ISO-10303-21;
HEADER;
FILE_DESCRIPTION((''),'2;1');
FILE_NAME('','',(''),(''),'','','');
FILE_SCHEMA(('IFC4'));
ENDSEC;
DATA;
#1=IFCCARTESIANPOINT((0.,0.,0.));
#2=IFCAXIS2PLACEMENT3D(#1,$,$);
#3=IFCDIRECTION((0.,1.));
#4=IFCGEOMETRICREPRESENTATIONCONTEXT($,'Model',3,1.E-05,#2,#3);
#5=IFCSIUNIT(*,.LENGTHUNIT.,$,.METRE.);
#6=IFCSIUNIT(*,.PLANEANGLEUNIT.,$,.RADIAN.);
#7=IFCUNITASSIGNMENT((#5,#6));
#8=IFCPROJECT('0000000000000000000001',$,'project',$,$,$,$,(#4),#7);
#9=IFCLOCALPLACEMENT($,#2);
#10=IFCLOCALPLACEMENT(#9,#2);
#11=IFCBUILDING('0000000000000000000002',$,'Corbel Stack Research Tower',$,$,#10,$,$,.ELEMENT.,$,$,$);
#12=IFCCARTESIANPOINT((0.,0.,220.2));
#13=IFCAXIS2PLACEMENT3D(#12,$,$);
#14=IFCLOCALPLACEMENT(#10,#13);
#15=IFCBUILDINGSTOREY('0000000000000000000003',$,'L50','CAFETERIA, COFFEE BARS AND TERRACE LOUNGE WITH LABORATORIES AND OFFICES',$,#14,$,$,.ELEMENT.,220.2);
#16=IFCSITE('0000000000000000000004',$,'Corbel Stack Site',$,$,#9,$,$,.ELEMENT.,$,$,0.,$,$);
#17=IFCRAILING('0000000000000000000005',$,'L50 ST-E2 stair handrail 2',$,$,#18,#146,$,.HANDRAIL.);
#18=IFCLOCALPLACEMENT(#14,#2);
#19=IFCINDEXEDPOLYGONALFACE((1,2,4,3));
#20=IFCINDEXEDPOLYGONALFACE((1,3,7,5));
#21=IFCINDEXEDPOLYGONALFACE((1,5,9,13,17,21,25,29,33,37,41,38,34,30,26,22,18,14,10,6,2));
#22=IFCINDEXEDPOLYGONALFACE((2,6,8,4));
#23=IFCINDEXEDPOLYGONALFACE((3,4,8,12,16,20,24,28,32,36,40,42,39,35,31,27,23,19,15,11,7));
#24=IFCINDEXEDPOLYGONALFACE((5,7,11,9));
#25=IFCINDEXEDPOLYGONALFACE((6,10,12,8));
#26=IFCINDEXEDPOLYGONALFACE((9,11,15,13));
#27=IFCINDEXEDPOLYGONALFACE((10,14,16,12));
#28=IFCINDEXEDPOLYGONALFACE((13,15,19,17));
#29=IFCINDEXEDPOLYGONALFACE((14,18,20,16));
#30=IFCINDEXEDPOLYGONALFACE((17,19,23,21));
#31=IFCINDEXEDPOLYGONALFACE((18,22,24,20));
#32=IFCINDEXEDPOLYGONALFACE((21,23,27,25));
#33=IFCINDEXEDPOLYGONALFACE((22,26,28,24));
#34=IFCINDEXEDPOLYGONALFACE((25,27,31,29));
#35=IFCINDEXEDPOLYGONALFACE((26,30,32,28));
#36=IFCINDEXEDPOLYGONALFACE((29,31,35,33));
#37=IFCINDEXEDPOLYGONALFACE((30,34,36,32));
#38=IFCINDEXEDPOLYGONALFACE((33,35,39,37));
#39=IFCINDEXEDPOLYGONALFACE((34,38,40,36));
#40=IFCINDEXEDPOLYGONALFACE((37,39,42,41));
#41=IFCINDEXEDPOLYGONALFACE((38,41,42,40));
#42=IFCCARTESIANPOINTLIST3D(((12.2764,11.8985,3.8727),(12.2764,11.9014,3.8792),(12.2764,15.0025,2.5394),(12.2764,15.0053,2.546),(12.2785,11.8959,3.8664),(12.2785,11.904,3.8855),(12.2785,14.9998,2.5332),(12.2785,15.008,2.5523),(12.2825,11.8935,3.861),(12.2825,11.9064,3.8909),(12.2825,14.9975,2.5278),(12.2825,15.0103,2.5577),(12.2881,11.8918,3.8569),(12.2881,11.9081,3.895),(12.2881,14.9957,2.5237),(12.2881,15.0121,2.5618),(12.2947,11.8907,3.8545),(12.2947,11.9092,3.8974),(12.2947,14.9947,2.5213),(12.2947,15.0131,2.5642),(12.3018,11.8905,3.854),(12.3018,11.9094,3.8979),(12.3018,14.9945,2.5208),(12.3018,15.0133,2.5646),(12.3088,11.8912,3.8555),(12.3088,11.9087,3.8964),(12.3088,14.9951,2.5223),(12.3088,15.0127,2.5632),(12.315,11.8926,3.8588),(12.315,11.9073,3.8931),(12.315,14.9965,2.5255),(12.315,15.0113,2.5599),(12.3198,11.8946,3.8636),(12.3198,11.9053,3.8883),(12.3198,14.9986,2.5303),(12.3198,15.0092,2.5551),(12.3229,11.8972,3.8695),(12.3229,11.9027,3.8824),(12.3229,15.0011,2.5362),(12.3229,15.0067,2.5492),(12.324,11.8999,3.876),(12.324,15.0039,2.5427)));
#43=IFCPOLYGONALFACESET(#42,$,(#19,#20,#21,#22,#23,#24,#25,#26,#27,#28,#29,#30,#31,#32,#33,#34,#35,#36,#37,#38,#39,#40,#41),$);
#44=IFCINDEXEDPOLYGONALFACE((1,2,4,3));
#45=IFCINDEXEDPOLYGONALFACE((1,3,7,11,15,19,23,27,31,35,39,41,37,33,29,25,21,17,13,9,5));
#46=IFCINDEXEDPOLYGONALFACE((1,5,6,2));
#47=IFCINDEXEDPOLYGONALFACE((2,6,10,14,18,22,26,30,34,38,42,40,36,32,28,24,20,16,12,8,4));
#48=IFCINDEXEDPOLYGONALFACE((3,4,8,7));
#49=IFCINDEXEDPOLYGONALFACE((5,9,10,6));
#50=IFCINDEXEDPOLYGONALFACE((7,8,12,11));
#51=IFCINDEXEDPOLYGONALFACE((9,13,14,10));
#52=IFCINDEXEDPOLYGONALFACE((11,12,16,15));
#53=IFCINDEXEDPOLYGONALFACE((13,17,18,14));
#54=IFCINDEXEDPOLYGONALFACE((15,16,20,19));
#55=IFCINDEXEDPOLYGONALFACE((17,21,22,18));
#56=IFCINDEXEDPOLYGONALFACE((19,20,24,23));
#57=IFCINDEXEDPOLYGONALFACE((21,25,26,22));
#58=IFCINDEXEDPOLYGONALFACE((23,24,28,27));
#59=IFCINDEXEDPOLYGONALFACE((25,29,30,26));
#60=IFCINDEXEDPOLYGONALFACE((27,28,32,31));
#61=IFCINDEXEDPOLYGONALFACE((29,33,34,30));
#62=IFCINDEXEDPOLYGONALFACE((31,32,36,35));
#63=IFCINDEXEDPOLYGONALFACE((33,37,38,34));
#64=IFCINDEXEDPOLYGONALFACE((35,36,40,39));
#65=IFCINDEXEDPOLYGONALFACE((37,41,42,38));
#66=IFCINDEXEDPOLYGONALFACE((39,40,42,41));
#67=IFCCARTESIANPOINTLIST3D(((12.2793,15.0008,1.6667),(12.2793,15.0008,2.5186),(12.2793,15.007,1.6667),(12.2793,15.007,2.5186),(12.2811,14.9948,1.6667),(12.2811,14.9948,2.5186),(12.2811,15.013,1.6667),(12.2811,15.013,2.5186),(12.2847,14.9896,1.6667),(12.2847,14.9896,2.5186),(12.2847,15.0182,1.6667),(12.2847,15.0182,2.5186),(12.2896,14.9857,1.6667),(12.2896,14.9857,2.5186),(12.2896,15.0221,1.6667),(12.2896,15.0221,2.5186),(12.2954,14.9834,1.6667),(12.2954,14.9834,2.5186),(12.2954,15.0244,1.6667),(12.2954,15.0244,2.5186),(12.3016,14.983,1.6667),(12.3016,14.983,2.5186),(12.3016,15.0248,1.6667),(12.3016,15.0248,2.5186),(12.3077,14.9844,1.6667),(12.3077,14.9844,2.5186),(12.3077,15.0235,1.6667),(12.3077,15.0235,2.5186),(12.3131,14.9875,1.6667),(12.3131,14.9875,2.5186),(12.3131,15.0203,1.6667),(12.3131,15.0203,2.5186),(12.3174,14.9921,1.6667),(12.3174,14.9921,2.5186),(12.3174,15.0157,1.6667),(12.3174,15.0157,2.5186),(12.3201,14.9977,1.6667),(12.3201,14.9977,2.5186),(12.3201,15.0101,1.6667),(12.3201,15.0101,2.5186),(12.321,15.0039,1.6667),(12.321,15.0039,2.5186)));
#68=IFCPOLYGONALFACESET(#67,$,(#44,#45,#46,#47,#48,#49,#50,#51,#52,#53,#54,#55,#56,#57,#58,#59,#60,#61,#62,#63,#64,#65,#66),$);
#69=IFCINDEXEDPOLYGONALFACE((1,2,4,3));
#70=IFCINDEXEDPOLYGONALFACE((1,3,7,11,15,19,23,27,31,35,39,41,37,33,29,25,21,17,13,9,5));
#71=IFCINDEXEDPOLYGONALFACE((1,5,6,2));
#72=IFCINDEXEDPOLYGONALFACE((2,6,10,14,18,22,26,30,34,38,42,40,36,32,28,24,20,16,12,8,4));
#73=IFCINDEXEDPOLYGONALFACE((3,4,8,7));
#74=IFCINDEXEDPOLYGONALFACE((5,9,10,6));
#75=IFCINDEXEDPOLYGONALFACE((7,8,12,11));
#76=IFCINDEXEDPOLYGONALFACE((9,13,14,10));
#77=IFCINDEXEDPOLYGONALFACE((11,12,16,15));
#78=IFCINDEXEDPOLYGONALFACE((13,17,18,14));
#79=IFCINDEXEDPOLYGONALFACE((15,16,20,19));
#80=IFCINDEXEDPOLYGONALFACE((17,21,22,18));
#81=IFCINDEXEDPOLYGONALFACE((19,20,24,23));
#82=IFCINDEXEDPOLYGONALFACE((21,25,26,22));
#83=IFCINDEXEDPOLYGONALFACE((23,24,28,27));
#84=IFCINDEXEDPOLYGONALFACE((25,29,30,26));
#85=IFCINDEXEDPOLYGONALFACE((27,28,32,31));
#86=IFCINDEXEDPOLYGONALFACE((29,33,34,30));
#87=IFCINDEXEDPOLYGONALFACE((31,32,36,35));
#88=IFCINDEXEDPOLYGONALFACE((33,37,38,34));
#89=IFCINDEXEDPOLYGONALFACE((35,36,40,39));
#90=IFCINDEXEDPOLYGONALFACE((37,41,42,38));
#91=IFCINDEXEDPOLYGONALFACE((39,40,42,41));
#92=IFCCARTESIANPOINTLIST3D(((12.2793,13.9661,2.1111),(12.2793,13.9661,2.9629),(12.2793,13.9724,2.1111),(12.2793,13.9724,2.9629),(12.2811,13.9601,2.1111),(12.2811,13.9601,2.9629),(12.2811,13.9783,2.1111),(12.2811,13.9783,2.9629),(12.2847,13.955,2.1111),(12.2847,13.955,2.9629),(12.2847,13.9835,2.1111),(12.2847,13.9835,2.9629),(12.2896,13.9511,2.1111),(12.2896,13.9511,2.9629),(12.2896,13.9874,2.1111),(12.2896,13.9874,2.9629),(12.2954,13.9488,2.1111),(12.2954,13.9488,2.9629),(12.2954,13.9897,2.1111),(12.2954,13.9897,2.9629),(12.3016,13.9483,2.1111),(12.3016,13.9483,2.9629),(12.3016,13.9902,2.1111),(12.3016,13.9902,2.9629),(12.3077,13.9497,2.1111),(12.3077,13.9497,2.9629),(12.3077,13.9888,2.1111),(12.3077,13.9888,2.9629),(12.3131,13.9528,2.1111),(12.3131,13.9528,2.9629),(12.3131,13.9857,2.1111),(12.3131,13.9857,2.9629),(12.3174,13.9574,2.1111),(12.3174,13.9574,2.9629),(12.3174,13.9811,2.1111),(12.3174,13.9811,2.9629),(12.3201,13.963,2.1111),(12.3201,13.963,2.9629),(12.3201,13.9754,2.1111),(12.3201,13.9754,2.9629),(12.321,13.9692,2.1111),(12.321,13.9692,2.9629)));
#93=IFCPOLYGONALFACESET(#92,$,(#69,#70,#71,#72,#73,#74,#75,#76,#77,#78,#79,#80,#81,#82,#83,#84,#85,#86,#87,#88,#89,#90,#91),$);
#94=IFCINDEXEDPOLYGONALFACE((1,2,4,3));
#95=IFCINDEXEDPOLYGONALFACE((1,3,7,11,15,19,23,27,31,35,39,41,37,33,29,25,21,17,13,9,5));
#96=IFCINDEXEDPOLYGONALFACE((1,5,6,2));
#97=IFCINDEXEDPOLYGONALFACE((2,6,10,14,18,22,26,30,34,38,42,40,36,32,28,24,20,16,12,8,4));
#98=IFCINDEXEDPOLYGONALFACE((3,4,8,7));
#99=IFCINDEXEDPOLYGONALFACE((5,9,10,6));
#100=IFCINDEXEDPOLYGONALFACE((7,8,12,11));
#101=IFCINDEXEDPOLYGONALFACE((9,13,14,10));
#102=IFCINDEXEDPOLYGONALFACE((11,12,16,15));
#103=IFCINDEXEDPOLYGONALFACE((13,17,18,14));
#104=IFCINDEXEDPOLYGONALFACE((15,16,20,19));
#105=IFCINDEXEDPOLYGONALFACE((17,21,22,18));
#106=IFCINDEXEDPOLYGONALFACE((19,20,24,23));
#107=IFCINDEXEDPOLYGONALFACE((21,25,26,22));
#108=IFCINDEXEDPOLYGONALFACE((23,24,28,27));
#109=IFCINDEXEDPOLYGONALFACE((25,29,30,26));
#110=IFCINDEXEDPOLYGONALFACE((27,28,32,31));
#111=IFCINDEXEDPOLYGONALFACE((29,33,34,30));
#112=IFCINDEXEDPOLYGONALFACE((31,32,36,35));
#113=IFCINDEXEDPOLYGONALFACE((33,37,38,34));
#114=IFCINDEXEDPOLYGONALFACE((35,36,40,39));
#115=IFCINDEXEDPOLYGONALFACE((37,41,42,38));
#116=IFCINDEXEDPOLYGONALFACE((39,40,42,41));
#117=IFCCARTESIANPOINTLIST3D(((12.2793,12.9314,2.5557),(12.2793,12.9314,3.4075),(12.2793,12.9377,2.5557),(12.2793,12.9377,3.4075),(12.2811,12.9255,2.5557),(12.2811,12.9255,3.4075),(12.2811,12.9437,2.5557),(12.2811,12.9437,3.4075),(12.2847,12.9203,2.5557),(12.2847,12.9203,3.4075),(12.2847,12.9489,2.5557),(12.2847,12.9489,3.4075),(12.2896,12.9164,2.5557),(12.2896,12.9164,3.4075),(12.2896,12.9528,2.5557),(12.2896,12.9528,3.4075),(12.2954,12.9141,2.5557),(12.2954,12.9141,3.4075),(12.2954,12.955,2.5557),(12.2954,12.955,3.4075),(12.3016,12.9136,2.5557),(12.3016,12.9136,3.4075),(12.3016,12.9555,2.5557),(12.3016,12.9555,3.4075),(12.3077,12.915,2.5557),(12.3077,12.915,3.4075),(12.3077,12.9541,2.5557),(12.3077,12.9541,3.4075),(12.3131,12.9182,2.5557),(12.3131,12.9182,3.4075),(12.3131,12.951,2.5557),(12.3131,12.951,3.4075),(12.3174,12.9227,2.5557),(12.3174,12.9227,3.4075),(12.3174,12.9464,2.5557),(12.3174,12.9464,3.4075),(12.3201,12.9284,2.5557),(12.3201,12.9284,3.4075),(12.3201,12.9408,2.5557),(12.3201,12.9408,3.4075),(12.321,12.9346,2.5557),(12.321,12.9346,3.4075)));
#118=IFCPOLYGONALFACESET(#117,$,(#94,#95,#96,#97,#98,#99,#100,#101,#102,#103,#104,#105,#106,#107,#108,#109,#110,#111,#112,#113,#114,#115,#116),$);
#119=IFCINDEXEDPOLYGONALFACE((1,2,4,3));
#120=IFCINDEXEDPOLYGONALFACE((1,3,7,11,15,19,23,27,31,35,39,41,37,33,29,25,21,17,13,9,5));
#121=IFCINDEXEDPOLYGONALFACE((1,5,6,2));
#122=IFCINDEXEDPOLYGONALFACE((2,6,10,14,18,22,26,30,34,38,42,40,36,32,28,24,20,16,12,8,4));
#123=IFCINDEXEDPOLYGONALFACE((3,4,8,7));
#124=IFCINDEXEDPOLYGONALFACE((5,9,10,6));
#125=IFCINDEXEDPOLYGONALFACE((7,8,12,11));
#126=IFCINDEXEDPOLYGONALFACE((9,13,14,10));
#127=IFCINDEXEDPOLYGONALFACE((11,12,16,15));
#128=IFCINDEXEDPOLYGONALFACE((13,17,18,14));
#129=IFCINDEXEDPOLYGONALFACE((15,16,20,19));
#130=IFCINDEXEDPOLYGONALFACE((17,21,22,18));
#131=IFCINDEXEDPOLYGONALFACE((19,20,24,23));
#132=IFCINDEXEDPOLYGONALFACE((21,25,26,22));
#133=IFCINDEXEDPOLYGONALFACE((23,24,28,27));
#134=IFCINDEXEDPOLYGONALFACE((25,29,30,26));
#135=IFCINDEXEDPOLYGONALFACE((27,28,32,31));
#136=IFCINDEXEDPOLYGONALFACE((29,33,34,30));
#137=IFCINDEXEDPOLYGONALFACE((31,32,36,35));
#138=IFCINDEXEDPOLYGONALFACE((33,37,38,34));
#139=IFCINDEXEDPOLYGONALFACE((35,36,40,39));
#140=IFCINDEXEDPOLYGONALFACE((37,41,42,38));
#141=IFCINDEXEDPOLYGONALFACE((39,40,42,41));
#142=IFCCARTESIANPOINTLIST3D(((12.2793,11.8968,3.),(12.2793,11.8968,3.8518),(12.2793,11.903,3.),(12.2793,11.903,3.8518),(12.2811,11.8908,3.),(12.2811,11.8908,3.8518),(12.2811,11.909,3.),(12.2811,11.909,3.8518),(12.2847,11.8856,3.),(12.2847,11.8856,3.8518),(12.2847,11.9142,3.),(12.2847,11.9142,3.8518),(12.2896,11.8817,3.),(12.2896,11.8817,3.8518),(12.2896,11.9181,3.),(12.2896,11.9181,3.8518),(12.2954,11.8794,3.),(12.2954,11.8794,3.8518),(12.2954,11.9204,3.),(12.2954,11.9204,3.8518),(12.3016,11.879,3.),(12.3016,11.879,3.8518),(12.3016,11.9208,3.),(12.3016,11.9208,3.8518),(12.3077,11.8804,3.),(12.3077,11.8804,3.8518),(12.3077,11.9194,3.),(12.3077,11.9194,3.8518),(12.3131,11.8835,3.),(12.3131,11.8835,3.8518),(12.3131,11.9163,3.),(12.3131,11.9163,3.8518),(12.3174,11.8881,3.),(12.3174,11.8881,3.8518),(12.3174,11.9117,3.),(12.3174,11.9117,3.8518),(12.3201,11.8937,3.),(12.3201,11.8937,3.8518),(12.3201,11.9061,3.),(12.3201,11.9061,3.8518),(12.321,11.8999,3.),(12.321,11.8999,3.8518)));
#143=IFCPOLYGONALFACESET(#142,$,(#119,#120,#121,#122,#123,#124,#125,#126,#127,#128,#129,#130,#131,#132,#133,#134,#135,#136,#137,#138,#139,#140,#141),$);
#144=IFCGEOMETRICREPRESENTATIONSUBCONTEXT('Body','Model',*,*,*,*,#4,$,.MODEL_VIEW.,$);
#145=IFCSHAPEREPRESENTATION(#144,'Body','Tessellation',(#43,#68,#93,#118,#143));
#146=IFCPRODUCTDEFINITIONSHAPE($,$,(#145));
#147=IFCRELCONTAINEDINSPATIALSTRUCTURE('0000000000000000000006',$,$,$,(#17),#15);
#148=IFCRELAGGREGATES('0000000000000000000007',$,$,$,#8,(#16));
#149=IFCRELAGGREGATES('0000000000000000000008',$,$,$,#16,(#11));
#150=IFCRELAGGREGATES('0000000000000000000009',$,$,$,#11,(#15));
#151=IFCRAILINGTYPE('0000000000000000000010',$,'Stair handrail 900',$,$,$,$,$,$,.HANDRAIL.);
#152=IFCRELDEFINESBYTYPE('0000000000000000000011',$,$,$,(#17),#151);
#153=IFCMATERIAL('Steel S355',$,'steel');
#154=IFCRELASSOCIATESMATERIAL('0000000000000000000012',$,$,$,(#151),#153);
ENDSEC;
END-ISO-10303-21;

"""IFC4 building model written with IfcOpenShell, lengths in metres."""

from ifc_helpers import new_model, si_unit, direction, frame, origin, origin_2d, place, context, subcontext, project, spatial, circle, extrude, material, type_object, element, save


model = new_model("IFC4")

# Units and contexts
model_context = context("Model", 3, precision=1e-05, world=origin(), true_north=direction((0.0, 1.0)))
body_context = subcontext(model_context, "Body", "Model", "MODEL_VIEW")
ifc_project = project(units=[si_unit("LENGTHUNIT", "METRE"), si_unit("PLANEANGLEUNIT", "RADIAN")], contexts=[model_context])

# Site, building, storey
site_placement = place(None, origin())
site = spatial("IfcSite", under=ifc_project, at=site_placement, Name="Corbel Stack Site", CompositionType="ELEMENT", RefElevation=0.0)
building_placement = place(site_placement, origin())
building = spatial("IfcBuilding", under=site, at=building_placement, Name="Corbel Stack Research Tower", CompositionType="ELEMENT")
storey_placement = place(building_placement, frame((0.0, 0.0, 220.2)))
storey = spatial("IfcBuildingStorey", under=building, at=storey_placement, Name="L50", Description="CAFETERIA, COFFEE BARS AND TERRACE LOUNGE WITH LABORATORIES AND OFFICES", CompositionType="ELEMENT", Elevation=220.2)

# Railing
ifc_material_1 = material(Name="Steel S355", Category="steel")
railing_type_1 = type_object("IfcRailingType", Name="Stair handrail 900", PredefinedType="HANDRAIL", material=ifc_material_1)
for number, where, name in (
    (1, (12.3, 15.0039, 1.6667), "L50 ST-E2 stair handrail 2"),
):
    element("IfcRailing", number, at=place(storey_placement, frame(where)), inside=storey, type_object=railing_type_1, Name=name, PredefinedType="HANDRAIL", context=body_context, shape_type="SweptSolid", body=[
        extrude(circle(Radius=0.0239, at=origin_2d()), frame((0.0, 0.0, 0.876), z_axis=(0.0, -0.918827, 0.394661), x_axis=(1.0, 0.0, 0.0)), (0.0, 0.0, 1.0), 3.3782),
        extrude(circle(Radius=0.021, at=origin_2d()), origin(), (0.0, 0.0, 1.0), 0.8518),
        extrude(circle(Radius=0.021, at=origin_2d()), frame((0.0, -1.0347, 0.4443)), (0.0, 0.0, 1.0), 0.8518),
        extrude(circle(Radius=0.021, at=origin_2d()), frame((0.0, -2.0693, 0.8889)), (0.0, 0.0, 1.0), 0.8518),
        extrude(circle(Radius=0.021, at=origin_2d()), frame((0.0, -3.104, 1.3333)), (0.0, 0.0, 1.0), 0.8518),
    ])

save(model, "model.ifc")
